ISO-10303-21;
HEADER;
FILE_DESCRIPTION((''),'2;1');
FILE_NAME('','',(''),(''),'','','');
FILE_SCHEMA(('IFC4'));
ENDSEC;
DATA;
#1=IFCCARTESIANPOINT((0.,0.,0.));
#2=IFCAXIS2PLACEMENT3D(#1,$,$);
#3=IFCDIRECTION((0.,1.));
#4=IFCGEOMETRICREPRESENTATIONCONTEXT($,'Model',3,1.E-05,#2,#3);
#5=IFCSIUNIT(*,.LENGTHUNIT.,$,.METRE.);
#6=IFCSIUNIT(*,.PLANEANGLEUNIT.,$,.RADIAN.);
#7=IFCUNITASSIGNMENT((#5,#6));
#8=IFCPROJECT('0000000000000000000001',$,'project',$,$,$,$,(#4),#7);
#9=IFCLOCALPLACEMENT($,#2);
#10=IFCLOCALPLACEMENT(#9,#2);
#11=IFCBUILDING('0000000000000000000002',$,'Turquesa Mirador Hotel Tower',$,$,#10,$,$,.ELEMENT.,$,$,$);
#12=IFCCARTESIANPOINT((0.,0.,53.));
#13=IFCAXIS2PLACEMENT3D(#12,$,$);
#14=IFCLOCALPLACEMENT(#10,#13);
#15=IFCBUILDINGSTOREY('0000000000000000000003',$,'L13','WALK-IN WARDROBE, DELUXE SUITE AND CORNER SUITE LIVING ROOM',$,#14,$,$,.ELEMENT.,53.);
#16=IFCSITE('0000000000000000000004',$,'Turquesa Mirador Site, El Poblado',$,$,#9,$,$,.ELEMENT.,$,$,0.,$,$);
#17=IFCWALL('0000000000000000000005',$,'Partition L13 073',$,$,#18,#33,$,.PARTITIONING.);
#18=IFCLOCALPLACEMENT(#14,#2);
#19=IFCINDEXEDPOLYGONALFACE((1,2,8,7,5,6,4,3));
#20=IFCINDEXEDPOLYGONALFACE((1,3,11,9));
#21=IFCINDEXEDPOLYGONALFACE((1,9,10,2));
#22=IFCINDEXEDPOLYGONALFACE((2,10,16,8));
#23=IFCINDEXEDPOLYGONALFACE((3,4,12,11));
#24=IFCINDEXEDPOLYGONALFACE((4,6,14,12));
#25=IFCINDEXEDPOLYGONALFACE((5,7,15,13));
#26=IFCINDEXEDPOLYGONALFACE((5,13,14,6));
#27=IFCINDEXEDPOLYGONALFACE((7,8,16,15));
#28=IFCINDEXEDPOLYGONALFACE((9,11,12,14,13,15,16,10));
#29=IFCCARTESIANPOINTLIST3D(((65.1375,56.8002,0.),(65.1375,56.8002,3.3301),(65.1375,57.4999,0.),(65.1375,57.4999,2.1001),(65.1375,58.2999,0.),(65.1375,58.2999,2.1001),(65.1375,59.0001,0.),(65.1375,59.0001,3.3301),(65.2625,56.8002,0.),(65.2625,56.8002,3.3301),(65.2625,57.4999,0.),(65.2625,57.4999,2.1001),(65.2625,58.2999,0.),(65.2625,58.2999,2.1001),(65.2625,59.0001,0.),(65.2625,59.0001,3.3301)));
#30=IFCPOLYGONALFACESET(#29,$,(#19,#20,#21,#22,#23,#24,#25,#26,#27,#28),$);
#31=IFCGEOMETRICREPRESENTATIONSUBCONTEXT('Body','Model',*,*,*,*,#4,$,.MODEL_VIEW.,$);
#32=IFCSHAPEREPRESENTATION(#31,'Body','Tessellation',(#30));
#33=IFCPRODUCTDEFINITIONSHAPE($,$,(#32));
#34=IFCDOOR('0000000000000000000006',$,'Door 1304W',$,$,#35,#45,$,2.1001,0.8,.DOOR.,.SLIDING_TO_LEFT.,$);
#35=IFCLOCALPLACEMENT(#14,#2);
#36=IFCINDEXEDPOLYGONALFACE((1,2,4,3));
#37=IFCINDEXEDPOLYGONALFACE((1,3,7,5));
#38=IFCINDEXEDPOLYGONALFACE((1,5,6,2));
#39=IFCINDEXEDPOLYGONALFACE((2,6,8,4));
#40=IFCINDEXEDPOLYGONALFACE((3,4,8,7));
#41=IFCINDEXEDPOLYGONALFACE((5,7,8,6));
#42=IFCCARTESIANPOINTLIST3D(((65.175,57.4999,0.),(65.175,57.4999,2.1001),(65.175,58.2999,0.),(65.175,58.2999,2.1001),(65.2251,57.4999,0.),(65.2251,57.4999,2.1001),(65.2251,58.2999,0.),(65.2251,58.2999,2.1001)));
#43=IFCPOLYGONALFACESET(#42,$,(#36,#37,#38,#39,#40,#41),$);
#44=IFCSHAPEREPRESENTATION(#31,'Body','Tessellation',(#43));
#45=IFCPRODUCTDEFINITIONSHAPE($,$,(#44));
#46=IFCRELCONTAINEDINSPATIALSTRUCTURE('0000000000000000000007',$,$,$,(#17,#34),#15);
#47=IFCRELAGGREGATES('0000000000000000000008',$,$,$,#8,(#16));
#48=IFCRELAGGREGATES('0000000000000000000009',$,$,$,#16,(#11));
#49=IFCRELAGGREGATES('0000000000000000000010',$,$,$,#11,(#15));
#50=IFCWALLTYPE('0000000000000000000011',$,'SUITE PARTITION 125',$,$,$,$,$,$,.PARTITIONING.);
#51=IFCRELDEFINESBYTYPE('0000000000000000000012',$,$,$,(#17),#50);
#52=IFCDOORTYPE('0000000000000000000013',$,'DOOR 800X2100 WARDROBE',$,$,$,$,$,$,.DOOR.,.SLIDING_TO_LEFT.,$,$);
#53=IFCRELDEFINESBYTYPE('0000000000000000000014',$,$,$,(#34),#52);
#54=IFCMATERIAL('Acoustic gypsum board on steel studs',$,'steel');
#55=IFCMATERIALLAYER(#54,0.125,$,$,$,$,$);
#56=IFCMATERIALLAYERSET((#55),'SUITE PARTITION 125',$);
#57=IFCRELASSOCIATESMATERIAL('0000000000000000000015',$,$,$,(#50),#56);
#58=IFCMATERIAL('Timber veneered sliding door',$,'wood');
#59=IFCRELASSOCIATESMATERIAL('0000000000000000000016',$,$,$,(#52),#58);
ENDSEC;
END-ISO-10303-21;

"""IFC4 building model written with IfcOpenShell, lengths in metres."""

from ifc_helpers import new_model, si_unit, direction, frame, frame_2d, origin, place, context, subcontext, project, spatial, rectangle, extrude, material, layer, layer_set, type_object, element, fill, save


model = new_model("IFC4")

# Units and contexts
model_context = context("Model", 3, precision=1e-05, world=origin(), true_north=direction((0.0, 1.0)))
body_context = subcontext(model_context, "Body", "Model", "MODEL_VIEW")
ifc_project = project(units=[si_unit("LENGTHUNIT", "METRE"), si_unit("PLANEANGLEUNIT", "RADIAN")], contexts=[model_context])

# Site, building, storey
site_placement = place(None, origin())
site = spatial("IfcSite", under=ifc_project, at=site_placement, Name="Turquesa Mirador Site, El Poblado", CompositionType="ELEMENT", RefElevation=0.0)
building_placement = place(site_placement, origin())
building = spatial("IfcBuilding", under=site, at=building_placement, Name="Turquesa Mirador Hotel Tower", CompositionType="ELEMENT")
storey_placement = place(building_placement, frame((0.0, 0.0, 53.0)))
storey = spatial("IfcBuildingStorey", under=building, at=storey_placement, Name="L13", Description="WALK-IN WARDROBE, DELUXE SUITE AND CORNER SUITE LIVING ROOM", CompositionType="ELEMENT", Elevation=53.0)

# Shared definitions
ifc_material_1 = material(Name="Acoustic gypsum board on steel studs", Category="steel")
ifc_layer_1 = layer(ifc_material_1, 0.125)
ifc_layer_set_1 = layer_set([ifc_layer_1], Name="SUITE PARTITION 125")
wall_type_1 = type_object("IfcWallType", Name="SUITE PARTITION 125", PredefinedType="PARTITIONING", material=ifc_layer_set_1)

# Wall, opening, door
wall_1_placement = place(storey_placement, frame((65.2, 56.8, 0.0), z_axis=(0.0, 0.0, 1.0), x_axis=(0.0, 1.0, 0.0)))
wall_1 = element("IfcWall", 1, at=wall_1_placement, inside=storey, type_object=wall_type_1, Name="Partition L13 073", PredefinedType="PARTITIONING", context=body_context, shape_type="SweptSolid", body=[
    extrude(rectangle(XDim=2.2, YDim=0.125, at=frame_2d((1.1001, 0.0))), origin(), (0.0, 0.0, 1.0), 3.3301),
])
opening_1_placement = place(wall_1_placement, frame((0.7, 0.0, 0.0)))
opening_1 = element("IfcOpeningElement", 2, at=opening_1_placement, cuts=wall_1, PredefinedType="OPENING", context=body_context, shape_type="SweptSolid", body=[
    extrude(rectangle(XDim=0.8, YDim=2.1001, at=frame_2d((0.3999, 1.05))), frame((0.0, 0.0725, 0.0), z_axis=(0.0, -1.0, 0.0), x_axis=(1.0, 0.0, 0.0)), (0.0, 0.0, 1.0), 0.145),
])
ifc_material_2 = material(Name="Timber veneered sliding door", Category="wood")
door_type_1 = type_object("IfcDoorType", Name="DOOR 800X2100 WARDROBE", OperationType="SLIDING_TO_LEFT", PredefinedType="DOOR", material=ifc_material_2)
door_1_placement = place(opening_1_placement, origin())
door_1 = element("IfcDoor", 3, at=door_1_placement, inside=storey, type_object=door_type_1, Name="Door 1304W", OperationType="SLIDING_TO_LEFT", OverallHeight=2.1001, OverallWidth=0.8, PredefinedType="DOOR", context=body_context, shape_type="SweptSolid", body=[
    extrude(rectangle(XDim=0.8, YDim=2.1001, at=frame_2d((0.3999, 1.05))), frame((0.0, 0.0249, 0.0), z_axis=(0.0, -1.0, 0.0), x_axis=(1.0, 0.0, 0.0)), (0.0, 0.0, 1.0), 0.05),
])
fill(opening_1, door_1)

save(model, "model.ifc")
